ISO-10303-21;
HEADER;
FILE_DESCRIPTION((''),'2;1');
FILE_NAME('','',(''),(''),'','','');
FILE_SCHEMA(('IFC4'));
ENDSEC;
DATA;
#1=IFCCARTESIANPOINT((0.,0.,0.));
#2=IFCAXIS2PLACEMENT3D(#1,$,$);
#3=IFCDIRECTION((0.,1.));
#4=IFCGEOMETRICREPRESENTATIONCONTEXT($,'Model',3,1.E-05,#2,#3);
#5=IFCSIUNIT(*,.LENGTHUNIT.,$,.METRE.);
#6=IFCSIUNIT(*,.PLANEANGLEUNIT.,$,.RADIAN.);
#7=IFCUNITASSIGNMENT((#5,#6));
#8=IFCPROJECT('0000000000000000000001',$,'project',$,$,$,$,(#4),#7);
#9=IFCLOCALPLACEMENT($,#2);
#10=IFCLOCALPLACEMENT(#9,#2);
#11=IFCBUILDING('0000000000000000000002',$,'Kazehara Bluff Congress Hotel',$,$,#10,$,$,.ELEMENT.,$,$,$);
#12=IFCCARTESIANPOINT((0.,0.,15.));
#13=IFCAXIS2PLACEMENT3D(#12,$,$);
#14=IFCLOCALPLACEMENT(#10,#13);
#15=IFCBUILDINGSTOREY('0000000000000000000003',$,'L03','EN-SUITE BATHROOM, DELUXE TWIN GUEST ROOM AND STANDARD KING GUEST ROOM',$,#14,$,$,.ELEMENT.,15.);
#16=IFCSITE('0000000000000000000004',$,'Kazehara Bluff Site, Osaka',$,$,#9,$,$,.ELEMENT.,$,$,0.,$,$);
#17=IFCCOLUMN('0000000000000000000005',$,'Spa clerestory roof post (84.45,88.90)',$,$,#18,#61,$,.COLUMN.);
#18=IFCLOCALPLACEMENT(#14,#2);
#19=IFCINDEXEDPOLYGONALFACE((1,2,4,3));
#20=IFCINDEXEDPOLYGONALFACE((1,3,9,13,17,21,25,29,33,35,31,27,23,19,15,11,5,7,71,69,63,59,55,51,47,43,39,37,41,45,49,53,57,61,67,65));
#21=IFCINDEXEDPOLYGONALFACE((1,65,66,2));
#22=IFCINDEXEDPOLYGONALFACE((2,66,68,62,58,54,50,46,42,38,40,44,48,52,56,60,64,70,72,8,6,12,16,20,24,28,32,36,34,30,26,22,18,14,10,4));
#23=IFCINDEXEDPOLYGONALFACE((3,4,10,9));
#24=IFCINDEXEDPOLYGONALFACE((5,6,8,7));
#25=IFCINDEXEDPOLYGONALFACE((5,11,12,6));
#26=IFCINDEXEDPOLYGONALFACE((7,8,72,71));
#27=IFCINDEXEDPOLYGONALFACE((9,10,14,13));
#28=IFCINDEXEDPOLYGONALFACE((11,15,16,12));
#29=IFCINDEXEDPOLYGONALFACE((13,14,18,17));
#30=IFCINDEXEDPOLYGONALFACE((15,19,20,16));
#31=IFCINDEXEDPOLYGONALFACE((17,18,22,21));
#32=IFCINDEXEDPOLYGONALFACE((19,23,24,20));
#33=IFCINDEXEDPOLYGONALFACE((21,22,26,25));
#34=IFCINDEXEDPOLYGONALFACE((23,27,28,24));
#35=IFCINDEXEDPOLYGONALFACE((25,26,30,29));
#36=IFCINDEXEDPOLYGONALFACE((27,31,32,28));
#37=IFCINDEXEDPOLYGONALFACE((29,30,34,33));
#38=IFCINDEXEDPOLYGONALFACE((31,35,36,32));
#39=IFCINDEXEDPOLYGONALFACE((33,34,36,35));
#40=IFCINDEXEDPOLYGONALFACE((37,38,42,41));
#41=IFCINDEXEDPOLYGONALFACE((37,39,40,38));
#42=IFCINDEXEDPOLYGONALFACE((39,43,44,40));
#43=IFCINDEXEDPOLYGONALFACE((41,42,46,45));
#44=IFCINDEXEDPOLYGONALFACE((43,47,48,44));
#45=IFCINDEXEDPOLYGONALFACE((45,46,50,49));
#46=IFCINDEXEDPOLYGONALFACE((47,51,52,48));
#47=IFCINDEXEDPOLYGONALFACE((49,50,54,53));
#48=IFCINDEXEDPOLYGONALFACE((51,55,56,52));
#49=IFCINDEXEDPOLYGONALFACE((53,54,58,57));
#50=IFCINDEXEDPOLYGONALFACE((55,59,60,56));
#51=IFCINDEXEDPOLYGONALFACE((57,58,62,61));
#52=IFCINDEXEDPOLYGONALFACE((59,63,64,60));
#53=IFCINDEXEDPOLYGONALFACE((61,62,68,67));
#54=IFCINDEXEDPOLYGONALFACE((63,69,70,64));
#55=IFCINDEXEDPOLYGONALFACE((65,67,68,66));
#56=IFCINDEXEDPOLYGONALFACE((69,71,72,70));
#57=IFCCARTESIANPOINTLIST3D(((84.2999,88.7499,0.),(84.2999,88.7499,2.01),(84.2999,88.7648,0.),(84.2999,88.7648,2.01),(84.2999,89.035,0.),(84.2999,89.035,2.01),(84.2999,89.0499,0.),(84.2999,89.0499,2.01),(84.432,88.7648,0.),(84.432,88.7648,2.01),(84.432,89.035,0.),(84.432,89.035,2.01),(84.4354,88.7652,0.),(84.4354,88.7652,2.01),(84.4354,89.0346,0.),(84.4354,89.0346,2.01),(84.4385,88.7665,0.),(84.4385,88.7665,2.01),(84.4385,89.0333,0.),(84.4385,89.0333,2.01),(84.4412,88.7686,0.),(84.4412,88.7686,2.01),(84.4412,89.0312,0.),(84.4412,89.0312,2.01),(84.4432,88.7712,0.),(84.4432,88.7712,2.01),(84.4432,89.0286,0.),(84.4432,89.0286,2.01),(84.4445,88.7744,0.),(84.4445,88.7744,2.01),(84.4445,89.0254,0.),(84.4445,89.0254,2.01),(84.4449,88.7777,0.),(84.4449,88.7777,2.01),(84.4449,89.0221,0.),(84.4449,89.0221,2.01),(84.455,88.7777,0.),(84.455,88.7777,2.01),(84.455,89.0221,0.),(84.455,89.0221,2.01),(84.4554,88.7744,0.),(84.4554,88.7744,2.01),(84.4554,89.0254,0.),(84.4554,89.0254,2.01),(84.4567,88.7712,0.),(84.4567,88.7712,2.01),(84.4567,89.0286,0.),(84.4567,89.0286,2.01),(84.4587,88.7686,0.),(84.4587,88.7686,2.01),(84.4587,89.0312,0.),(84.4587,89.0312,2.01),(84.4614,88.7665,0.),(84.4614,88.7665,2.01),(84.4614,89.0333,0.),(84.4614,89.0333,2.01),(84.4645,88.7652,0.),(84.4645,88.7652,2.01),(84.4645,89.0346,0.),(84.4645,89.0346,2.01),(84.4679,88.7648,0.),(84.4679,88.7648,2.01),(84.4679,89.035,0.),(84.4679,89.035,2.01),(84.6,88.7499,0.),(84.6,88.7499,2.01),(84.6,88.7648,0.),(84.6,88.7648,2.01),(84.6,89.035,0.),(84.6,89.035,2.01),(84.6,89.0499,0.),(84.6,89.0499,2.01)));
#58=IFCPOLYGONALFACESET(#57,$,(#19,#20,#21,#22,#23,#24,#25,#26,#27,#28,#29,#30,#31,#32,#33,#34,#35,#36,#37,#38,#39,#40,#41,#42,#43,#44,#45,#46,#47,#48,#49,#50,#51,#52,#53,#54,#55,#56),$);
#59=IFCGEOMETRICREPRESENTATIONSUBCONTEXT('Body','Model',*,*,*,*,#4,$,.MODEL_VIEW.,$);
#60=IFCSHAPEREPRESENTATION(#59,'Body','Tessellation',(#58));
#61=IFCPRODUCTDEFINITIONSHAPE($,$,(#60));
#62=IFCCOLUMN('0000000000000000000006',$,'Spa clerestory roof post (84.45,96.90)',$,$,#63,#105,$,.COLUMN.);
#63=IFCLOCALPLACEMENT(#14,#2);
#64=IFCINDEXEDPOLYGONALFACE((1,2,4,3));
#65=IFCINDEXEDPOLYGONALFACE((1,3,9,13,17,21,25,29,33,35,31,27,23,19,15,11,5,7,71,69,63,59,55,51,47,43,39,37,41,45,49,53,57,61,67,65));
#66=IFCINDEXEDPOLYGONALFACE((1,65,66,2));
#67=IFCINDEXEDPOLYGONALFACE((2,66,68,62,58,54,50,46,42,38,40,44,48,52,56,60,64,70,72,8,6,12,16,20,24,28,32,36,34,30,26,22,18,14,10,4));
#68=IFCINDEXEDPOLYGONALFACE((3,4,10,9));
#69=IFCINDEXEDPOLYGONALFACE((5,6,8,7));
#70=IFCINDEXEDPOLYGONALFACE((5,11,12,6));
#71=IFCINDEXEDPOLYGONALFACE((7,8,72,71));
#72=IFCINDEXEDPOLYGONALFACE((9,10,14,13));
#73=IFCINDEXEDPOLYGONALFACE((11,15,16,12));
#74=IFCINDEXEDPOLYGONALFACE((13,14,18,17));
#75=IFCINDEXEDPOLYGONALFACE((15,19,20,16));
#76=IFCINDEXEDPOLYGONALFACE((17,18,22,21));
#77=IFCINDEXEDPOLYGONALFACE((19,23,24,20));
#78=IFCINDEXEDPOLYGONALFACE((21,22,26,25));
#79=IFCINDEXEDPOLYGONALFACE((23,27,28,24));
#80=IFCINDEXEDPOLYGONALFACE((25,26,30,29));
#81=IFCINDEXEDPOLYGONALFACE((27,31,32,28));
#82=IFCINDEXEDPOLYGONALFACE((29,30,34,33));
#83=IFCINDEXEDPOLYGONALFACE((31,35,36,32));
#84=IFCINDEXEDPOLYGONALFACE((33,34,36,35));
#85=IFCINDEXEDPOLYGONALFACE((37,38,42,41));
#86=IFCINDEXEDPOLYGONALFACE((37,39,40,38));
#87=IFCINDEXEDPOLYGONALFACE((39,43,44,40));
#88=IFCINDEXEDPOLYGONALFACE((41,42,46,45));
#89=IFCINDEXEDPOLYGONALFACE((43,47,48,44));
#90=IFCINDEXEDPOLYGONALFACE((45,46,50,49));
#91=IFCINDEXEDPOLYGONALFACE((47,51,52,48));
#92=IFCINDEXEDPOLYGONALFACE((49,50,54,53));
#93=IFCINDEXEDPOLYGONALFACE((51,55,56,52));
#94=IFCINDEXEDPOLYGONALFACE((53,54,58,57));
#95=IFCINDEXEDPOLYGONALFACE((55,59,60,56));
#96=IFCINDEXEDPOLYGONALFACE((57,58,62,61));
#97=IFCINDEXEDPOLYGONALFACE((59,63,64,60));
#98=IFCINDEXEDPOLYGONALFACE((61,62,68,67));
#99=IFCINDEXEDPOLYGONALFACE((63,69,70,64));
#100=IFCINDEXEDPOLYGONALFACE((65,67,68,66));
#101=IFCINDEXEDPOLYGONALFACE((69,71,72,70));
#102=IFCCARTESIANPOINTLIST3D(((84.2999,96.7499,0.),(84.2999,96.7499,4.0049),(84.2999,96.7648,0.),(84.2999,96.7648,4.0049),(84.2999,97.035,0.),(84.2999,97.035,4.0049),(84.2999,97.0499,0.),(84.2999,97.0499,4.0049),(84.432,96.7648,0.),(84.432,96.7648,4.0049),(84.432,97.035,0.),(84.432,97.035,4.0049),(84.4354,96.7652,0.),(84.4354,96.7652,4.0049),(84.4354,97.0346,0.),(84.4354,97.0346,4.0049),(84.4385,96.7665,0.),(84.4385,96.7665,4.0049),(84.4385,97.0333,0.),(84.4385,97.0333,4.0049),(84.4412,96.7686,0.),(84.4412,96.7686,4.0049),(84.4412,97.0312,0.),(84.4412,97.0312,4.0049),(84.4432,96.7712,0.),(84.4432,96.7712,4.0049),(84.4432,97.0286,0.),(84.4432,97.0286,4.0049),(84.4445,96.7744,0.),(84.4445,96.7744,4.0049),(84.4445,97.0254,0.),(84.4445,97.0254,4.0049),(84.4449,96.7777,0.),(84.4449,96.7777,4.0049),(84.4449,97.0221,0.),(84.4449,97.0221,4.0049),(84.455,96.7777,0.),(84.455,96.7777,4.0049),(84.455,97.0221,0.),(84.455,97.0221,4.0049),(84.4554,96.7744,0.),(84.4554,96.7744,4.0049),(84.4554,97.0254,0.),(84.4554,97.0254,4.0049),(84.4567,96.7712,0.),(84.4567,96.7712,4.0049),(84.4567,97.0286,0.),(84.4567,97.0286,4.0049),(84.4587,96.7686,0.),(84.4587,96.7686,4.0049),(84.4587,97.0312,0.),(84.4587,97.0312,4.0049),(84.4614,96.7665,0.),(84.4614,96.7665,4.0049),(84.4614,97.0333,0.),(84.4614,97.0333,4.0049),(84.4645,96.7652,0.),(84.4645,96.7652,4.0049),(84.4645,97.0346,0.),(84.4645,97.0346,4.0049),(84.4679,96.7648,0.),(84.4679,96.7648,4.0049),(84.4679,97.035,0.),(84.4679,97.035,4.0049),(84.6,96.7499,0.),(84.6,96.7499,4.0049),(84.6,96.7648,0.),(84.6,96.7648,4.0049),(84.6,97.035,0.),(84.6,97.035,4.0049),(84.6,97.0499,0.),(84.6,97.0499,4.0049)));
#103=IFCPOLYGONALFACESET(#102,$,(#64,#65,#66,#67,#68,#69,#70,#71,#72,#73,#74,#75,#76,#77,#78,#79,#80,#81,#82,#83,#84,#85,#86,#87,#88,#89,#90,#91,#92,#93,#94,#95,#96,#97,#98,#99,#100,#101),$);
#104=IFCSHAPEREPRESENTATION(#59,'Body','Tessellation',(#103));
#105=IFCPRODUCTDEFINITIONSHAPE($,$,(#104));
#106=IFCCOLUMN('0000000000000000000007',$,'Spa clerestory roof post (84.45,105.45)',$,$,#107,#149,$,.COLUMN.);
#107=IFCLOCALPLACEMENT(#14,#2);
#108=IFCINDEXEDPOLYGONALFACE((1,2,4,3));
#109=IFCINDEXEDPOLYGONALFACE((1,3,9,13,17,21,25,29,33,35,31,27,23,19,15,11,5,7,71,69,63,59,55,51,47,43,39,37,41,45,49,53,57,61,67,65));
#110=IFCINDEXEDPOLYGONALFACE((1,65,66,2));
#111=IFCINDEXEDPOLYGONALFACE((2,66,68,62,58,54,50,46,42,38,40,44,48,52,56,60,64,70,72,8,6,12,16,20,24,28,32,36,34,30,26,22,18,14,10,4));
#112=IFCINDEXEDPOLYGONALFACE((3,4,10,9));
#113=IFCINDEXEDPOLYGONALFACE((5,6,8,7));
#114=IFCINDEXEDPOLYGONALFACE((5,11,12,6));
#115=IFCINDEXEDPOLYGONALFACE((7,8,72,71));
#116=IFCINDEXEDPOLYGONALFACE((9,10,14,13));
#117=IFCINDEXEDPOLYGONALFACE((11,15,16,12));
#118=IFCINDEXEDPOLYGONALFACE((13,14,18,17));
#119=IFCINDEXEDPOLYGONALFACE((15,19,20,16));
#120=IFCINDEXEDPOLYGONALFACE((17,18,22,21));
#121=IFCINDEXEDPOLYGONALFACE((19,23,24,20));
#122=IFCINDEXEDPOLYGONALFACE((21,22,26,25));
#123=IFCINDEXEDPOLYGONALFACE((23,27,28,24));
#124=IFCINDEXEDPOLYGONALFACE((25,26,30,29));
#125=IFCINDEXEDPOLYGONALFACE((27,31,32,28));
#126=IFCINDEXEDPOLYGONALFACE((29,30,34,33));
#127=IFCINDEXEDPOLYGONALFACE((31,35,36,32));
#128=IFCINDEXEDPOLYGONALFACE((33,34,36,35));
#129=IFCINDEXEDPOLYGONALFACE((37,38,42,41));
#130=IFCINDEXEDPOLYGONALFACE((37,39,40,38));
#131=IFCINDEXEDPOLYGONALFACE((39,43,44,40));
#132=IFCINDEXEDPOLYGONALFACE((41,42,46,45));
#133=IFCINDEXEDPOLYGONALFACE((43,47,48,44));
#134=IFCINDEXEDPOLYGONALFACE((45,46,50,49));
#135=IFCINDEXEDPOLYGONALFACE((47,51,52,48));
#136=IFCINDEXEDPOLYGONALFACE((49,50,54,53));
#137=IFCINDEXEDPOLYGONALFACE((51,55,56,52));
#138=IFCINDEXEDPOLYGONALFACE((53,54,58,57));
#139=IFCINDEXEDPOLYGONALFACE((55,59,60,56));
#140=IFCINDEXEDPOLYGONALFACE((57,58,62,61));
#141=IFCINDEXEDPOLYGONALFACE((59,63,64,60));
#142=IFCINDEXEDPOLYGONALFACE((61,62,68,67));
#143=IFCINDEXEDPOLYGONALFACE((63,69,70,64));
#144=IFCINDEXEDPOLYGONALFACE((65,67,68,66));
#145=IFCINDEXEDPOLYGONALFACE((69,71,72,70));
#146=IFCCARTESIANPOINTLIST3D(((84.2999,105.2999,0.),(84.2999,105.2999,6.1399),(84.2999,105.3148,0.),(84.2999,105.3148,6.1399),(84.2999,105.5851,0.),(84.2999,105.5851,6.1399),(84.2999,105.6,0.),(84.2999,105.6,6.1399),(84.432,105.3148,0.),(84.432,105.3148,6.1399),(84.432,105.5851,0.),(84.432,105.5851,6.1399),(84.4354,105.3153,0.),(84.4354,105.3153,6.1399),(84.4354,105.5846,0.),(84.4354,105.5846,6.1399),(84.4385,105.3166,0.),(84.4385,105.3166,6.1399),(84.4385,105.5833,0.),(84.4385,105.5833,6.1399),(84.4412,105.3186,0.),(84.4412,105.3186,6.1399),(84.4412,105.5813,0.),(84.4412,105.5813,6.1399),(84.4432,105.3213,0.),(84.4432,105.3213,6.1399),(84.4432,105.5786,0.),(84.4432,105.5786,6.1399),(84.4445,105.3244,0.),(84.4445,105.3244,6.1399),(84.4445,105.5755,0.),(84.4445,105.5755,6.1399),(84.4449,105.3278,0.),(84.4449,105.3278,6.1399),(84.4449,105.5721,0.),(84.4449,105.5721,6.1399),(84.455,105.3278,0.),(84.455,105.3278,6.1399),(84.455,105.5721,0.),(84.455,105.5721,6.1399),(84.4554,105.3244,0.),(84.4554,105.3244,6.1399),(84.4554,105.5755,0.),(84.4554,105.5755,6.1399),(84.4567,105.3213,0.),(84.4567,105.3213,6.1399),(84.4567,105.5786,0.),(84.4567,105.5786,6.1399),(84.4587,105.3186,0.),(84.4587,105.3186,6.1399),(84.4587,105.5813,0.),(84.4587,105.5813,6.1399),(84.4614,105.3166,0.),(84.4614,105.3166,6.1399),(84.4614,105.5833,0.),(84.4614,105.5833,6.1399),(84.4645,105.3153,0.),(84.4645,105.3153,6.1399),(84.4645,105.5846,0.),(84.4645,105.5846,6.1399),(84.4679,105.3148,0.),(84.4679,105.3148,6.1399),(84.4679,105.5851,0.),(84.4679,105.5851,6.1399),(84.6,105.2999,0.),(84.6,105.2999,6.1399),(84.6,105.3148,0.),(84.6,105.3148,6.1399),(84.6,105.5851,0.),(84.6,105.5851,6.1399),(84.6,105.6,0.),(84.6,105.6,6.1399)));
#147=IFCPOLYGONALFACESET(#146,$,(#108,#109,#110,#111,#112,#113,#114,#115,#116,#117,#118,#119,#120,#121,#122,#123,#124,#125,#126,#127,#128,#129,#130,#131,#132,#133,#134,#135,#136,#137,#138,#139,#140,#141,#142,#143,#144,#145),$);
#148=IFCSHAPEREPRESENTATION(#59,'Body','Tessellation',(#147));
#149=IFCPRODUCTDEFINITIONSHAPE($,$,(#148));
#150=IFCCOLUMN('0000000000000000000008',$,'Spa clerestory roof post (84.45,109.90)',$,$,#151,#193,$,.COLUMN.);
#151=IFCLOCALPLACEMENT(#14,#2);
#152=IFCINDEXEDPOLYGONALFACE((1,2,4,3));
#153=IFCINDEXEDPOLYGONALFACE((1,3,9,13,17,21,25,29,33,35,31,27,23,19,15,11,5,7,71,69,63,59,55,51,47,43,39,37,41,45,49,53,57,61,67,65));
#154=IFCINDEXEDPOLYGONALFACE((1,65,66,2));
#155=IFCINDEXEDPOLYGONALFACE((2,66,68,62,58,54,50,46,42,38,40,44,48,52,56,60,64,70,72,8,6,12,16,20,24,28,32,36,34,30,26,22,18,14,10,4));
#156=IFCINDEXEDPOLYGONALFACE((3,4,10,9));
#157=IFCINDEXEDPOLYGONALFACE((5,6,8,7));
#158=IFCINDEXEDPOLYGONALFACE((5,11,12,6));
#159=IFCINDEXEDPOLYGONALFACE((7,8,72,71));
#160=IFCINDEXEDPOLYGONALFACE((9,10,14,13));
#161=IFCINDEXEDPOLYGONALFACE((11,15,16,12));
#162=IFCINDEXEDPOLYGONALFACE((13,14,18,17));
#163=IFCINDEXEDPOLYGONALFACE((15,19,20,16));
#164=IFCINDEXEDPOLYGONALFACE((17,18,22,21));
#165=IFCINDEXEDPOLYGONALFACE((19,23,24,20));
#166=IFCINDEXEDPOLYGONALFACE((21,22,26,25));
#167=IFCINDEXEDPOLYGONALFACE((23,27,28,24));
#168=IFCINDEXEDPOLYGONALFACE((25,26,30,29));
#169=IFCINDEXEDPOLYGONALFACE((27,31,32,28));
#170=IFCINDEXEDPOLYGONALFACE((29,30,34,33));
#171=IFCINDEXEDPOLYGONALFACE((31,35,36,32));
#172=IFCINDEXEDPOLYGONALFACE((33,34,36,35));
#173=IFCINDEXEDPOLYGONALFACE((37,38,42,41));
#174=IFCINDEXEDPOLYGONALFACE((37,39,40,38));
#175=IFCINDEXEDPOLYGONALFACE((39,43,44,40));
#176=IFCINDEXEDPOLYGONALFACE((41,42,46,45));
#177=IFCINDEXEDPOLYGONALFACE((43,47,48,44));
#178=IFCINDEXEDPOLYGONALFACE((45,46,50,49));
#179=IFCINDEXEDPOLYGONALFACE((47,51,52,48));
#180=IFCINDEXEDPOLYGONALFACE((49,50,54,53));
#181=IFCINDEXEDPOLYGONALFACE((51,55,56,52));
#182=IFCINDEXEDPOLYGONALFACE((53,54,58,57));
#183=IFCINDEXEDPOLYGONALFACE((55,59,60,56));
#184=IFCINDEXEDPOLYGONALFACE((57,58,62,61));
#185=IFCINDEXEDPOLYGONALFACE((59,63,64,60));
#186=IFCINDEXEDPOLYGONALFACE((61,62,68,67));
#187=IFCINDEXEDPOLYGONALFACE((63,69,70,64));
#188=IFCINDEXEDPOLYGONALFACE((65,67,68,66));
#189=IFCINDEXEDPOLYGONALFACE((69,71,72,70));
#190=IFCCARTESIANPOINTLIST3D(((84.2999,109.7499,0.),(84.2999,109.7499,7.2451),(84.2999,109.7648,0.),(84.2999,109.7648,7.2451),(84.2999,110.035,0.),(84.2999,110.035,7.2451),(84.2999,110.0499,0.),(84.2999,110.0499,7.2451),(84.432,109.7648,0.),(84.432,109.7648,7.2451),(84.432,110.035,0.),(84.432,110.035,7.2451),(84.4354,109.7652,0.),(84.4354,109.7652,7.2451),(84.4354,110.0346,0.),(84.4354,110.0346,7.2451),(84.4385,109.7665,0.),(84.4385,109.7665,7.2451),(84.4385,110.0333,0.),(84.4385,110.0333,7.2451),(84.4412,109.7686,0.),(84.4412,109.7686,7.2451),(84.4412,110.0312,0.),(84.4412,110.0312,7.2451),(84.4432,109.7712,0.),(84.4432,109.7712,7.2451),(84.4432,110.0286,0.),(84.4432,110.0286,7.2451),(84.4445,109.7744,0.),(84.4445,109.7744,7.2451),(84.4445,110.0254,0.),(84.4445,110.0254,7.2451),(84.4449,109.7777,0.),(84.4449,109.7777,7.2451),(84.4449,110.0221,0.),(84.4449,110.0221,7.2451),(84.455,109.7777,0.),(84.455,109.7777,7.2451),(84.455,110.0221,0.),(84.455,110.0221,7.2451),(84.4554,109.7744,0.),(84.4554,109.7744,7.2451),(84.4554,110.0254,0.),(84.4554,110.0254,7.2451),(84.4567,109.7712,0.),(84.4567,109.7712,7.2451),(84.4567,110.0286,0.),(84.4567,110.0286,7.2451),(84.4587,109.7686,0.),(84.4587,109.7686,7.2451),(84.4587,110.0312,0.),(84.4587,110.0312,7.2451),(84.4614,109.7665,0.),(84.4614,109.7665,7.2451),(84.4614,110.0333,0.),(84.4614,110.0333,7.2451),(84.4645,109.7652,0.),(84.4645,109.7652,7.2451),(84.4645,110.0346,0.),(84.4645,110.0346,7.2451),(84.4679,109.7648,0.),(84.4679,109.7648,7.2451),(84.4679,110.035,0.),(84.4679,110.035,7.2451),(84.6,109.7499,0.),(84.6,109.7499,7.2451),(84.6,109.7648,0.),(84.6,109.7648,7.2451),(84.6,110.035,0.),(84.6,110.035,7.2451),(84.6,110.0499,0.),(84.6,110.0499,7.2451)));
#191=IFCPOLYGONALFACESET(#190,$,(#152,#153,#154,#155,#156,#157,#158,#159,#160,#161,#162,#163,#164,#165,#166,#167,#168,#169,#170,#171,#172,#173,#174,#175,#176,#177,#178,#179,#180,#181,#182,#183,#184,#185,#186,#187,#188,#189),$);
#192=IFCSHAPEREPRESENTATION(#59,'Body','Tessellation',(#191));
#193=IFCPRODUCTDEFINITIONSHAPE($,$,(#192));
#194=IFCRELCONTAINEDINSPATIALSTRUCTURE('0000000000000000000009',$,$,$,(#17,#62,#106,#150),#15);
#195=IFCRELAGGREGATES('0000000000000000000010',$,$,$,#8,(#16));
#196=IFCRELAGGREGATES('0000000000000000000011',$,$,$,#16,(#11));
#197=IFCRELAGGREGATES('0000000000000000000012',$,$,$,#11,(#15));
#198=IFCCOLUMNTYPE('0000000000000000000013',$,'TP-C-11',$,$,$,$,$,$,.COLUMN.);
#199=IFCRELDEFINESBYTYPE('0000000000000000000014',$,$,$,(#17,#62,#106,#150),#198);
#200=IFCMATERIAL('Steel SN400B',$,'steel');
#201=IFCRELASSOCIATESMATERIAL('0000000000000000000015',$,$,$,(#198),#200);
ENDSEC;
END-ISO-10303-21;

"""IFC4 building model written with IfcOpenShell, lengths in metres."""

from ifc_helpers import new_model, si_unit, direction, frame, origin, origin_2d, place, context, subcontext, project, spatial, i_section, extrude, material, material_profile, profile_set, type_object, element, save


model = new_model("IFC4")

# Units and contexts
model_context = context("Model", 3, precision=1e-05, world=origin(), true_north=direction((0.0, 1.0)))
body_context = subcontext(model_context, "Body", "Model", "MODEL_VIEW")
ifc_project = project(units=[si_unit("LENGTHUNIT", "METRE"), si_unit("PLANEANGLEUNIT", "RADIAN")], contexts=[model_context])

# Site, building, storey
site_placement = place(None, origin())
site = spatial("IfcSite", under=ifc_project, at=site_placement, Name="Kazehara Bluff Site, Osaka", CompositionType="ELEMENT", RefElevation=0.0)
building_placement = place(site_placement, origin())
building = spatial("IfcBuilding", under=site, at=building_placement, Name="Kazehara Bluff Congress Hotel", CompositionType="ELEMENT")
storey_placement = place(building_placement, frame((0.0, 0.0, 15.0)))
storey = spatial("IfcBuildingStorey", under=building, at=storey_placement, Name="L03", Description="EN-SUITE BATHROOM, DELUXE TWIN GUEST ROOM AND STANDARD KING GUEST ROOM", CompositionType="ELEMENT", Elevation=15.0)

# Columns
ifc_material_1 = material(Name="Steel SN400B", Category="steel")
ifc_material_profile_1 = material_profile(ifc_material_1, i_section(OverallWidth=0.3, OverallDepth=0.3, WebThickness=0.01, FlangeThickness=0.0149, FilletRadius=0.0129, at=origin_2d()))
ifc_profile_set_1 = profile_set([ifc_material_profile_1], Name="Steel SN400B")
column_type = type_object("IfcColumnType", Name="TP-C-11", PredefinedType="COLUMN", material=ifc_profile_set_1)
column_1_placement = place(storey_placement, frame((84.45, 88.8999, 0.0), z_axis=(0.0, 0.0, 1.0), x_axis=(1.0, 0.0, 0.0)))
element("IfcColumn", 1, at=column_1_placement, inside=storey, type_object=column_type, Name="Spa clerestory roof post (84.45,88.90)", PredefinedType="COLUMN", context=body_context, shape_type="SweptSolid", body=[
    extrude(i_section(OverallWidth=0.3, OverallDepth=0.3, WebThickness=0.01, FlangeThickness=0.0149, FilletRadius=0.0129, at=origin_2d()), origin(), (0.0, 0.0, 1.0), 2.01),
])
column_2_placement = place(storey_placement, frame((84.45, 96.8999, 0.0), z_axis=(0.0, 0.0, 1.0), x_axis=(1.0, 0.0, 0.0)))
element("IfcColumn", 2, at=column_2_placement, inside=storey, type_object=column_type, Name="Spa clerestory roof post (84.45,96.90)", PredefinedType="COLUMN", context=body_context, shape_type="SweptSolid", body=[
    extrude(i_section(OverallWidth=0.3, OverallDepth=0.3, WebThickness=0.01, FlangeThickness=0.0149, FilletRadius=0.0129, at=origin_2d()), origin(), (0.0, 0.0, 1.0), 4.0049),
])
column_3_placement = place(storey_placement, frame((84.45, 105.45, 0.0), z_axis=(0.0, 0.0, 1.0), x_axis=(1.0, 0.0, 0.0)))
element("IfcColumn", 3, at=column_3_placement, inside=storey, type_object=column_type, Name="Spa clerestory roof post (84.45,105.45)", PredefinedType="COLUMN", context=body_context, shape_type="SweptSolid", body=[
    extrude(i_section(OverallWidth=0.3, OverallDepth=0.3, WebThickness=0.01, FlangeThickness=0.0149, FilletRadius=0.0129, at=origin_2d()), origin(), (0.0, 0.0, 1.0), 6.1399),
])
column_4_placement = place(storey_placement, frame((84.45, 109.8999, 0.0), z_axis=(0.0, 0.0, 1.0), x_axis=(1.0, 0.0, 0.0)))
element("IfcColumn", 4, at=column_4_placement, inside=storey, type_object=column_type, Name="Spa clerestory roof post (84.45,109.90)", PredefinedType="COLUMN", context=body_context, shape_type="SweptSolid", body=[
    extrude(i_section(OverallWidth=0.3, OverallDepth=0.3, WebThickness=0.01, FlangeThickness=0.0149, FilletRadius=0.0129, at=origin_2d()), origin(), (0.0, 0.0, 1.0), 7.2451),
])

save(model, "model.ifc")
